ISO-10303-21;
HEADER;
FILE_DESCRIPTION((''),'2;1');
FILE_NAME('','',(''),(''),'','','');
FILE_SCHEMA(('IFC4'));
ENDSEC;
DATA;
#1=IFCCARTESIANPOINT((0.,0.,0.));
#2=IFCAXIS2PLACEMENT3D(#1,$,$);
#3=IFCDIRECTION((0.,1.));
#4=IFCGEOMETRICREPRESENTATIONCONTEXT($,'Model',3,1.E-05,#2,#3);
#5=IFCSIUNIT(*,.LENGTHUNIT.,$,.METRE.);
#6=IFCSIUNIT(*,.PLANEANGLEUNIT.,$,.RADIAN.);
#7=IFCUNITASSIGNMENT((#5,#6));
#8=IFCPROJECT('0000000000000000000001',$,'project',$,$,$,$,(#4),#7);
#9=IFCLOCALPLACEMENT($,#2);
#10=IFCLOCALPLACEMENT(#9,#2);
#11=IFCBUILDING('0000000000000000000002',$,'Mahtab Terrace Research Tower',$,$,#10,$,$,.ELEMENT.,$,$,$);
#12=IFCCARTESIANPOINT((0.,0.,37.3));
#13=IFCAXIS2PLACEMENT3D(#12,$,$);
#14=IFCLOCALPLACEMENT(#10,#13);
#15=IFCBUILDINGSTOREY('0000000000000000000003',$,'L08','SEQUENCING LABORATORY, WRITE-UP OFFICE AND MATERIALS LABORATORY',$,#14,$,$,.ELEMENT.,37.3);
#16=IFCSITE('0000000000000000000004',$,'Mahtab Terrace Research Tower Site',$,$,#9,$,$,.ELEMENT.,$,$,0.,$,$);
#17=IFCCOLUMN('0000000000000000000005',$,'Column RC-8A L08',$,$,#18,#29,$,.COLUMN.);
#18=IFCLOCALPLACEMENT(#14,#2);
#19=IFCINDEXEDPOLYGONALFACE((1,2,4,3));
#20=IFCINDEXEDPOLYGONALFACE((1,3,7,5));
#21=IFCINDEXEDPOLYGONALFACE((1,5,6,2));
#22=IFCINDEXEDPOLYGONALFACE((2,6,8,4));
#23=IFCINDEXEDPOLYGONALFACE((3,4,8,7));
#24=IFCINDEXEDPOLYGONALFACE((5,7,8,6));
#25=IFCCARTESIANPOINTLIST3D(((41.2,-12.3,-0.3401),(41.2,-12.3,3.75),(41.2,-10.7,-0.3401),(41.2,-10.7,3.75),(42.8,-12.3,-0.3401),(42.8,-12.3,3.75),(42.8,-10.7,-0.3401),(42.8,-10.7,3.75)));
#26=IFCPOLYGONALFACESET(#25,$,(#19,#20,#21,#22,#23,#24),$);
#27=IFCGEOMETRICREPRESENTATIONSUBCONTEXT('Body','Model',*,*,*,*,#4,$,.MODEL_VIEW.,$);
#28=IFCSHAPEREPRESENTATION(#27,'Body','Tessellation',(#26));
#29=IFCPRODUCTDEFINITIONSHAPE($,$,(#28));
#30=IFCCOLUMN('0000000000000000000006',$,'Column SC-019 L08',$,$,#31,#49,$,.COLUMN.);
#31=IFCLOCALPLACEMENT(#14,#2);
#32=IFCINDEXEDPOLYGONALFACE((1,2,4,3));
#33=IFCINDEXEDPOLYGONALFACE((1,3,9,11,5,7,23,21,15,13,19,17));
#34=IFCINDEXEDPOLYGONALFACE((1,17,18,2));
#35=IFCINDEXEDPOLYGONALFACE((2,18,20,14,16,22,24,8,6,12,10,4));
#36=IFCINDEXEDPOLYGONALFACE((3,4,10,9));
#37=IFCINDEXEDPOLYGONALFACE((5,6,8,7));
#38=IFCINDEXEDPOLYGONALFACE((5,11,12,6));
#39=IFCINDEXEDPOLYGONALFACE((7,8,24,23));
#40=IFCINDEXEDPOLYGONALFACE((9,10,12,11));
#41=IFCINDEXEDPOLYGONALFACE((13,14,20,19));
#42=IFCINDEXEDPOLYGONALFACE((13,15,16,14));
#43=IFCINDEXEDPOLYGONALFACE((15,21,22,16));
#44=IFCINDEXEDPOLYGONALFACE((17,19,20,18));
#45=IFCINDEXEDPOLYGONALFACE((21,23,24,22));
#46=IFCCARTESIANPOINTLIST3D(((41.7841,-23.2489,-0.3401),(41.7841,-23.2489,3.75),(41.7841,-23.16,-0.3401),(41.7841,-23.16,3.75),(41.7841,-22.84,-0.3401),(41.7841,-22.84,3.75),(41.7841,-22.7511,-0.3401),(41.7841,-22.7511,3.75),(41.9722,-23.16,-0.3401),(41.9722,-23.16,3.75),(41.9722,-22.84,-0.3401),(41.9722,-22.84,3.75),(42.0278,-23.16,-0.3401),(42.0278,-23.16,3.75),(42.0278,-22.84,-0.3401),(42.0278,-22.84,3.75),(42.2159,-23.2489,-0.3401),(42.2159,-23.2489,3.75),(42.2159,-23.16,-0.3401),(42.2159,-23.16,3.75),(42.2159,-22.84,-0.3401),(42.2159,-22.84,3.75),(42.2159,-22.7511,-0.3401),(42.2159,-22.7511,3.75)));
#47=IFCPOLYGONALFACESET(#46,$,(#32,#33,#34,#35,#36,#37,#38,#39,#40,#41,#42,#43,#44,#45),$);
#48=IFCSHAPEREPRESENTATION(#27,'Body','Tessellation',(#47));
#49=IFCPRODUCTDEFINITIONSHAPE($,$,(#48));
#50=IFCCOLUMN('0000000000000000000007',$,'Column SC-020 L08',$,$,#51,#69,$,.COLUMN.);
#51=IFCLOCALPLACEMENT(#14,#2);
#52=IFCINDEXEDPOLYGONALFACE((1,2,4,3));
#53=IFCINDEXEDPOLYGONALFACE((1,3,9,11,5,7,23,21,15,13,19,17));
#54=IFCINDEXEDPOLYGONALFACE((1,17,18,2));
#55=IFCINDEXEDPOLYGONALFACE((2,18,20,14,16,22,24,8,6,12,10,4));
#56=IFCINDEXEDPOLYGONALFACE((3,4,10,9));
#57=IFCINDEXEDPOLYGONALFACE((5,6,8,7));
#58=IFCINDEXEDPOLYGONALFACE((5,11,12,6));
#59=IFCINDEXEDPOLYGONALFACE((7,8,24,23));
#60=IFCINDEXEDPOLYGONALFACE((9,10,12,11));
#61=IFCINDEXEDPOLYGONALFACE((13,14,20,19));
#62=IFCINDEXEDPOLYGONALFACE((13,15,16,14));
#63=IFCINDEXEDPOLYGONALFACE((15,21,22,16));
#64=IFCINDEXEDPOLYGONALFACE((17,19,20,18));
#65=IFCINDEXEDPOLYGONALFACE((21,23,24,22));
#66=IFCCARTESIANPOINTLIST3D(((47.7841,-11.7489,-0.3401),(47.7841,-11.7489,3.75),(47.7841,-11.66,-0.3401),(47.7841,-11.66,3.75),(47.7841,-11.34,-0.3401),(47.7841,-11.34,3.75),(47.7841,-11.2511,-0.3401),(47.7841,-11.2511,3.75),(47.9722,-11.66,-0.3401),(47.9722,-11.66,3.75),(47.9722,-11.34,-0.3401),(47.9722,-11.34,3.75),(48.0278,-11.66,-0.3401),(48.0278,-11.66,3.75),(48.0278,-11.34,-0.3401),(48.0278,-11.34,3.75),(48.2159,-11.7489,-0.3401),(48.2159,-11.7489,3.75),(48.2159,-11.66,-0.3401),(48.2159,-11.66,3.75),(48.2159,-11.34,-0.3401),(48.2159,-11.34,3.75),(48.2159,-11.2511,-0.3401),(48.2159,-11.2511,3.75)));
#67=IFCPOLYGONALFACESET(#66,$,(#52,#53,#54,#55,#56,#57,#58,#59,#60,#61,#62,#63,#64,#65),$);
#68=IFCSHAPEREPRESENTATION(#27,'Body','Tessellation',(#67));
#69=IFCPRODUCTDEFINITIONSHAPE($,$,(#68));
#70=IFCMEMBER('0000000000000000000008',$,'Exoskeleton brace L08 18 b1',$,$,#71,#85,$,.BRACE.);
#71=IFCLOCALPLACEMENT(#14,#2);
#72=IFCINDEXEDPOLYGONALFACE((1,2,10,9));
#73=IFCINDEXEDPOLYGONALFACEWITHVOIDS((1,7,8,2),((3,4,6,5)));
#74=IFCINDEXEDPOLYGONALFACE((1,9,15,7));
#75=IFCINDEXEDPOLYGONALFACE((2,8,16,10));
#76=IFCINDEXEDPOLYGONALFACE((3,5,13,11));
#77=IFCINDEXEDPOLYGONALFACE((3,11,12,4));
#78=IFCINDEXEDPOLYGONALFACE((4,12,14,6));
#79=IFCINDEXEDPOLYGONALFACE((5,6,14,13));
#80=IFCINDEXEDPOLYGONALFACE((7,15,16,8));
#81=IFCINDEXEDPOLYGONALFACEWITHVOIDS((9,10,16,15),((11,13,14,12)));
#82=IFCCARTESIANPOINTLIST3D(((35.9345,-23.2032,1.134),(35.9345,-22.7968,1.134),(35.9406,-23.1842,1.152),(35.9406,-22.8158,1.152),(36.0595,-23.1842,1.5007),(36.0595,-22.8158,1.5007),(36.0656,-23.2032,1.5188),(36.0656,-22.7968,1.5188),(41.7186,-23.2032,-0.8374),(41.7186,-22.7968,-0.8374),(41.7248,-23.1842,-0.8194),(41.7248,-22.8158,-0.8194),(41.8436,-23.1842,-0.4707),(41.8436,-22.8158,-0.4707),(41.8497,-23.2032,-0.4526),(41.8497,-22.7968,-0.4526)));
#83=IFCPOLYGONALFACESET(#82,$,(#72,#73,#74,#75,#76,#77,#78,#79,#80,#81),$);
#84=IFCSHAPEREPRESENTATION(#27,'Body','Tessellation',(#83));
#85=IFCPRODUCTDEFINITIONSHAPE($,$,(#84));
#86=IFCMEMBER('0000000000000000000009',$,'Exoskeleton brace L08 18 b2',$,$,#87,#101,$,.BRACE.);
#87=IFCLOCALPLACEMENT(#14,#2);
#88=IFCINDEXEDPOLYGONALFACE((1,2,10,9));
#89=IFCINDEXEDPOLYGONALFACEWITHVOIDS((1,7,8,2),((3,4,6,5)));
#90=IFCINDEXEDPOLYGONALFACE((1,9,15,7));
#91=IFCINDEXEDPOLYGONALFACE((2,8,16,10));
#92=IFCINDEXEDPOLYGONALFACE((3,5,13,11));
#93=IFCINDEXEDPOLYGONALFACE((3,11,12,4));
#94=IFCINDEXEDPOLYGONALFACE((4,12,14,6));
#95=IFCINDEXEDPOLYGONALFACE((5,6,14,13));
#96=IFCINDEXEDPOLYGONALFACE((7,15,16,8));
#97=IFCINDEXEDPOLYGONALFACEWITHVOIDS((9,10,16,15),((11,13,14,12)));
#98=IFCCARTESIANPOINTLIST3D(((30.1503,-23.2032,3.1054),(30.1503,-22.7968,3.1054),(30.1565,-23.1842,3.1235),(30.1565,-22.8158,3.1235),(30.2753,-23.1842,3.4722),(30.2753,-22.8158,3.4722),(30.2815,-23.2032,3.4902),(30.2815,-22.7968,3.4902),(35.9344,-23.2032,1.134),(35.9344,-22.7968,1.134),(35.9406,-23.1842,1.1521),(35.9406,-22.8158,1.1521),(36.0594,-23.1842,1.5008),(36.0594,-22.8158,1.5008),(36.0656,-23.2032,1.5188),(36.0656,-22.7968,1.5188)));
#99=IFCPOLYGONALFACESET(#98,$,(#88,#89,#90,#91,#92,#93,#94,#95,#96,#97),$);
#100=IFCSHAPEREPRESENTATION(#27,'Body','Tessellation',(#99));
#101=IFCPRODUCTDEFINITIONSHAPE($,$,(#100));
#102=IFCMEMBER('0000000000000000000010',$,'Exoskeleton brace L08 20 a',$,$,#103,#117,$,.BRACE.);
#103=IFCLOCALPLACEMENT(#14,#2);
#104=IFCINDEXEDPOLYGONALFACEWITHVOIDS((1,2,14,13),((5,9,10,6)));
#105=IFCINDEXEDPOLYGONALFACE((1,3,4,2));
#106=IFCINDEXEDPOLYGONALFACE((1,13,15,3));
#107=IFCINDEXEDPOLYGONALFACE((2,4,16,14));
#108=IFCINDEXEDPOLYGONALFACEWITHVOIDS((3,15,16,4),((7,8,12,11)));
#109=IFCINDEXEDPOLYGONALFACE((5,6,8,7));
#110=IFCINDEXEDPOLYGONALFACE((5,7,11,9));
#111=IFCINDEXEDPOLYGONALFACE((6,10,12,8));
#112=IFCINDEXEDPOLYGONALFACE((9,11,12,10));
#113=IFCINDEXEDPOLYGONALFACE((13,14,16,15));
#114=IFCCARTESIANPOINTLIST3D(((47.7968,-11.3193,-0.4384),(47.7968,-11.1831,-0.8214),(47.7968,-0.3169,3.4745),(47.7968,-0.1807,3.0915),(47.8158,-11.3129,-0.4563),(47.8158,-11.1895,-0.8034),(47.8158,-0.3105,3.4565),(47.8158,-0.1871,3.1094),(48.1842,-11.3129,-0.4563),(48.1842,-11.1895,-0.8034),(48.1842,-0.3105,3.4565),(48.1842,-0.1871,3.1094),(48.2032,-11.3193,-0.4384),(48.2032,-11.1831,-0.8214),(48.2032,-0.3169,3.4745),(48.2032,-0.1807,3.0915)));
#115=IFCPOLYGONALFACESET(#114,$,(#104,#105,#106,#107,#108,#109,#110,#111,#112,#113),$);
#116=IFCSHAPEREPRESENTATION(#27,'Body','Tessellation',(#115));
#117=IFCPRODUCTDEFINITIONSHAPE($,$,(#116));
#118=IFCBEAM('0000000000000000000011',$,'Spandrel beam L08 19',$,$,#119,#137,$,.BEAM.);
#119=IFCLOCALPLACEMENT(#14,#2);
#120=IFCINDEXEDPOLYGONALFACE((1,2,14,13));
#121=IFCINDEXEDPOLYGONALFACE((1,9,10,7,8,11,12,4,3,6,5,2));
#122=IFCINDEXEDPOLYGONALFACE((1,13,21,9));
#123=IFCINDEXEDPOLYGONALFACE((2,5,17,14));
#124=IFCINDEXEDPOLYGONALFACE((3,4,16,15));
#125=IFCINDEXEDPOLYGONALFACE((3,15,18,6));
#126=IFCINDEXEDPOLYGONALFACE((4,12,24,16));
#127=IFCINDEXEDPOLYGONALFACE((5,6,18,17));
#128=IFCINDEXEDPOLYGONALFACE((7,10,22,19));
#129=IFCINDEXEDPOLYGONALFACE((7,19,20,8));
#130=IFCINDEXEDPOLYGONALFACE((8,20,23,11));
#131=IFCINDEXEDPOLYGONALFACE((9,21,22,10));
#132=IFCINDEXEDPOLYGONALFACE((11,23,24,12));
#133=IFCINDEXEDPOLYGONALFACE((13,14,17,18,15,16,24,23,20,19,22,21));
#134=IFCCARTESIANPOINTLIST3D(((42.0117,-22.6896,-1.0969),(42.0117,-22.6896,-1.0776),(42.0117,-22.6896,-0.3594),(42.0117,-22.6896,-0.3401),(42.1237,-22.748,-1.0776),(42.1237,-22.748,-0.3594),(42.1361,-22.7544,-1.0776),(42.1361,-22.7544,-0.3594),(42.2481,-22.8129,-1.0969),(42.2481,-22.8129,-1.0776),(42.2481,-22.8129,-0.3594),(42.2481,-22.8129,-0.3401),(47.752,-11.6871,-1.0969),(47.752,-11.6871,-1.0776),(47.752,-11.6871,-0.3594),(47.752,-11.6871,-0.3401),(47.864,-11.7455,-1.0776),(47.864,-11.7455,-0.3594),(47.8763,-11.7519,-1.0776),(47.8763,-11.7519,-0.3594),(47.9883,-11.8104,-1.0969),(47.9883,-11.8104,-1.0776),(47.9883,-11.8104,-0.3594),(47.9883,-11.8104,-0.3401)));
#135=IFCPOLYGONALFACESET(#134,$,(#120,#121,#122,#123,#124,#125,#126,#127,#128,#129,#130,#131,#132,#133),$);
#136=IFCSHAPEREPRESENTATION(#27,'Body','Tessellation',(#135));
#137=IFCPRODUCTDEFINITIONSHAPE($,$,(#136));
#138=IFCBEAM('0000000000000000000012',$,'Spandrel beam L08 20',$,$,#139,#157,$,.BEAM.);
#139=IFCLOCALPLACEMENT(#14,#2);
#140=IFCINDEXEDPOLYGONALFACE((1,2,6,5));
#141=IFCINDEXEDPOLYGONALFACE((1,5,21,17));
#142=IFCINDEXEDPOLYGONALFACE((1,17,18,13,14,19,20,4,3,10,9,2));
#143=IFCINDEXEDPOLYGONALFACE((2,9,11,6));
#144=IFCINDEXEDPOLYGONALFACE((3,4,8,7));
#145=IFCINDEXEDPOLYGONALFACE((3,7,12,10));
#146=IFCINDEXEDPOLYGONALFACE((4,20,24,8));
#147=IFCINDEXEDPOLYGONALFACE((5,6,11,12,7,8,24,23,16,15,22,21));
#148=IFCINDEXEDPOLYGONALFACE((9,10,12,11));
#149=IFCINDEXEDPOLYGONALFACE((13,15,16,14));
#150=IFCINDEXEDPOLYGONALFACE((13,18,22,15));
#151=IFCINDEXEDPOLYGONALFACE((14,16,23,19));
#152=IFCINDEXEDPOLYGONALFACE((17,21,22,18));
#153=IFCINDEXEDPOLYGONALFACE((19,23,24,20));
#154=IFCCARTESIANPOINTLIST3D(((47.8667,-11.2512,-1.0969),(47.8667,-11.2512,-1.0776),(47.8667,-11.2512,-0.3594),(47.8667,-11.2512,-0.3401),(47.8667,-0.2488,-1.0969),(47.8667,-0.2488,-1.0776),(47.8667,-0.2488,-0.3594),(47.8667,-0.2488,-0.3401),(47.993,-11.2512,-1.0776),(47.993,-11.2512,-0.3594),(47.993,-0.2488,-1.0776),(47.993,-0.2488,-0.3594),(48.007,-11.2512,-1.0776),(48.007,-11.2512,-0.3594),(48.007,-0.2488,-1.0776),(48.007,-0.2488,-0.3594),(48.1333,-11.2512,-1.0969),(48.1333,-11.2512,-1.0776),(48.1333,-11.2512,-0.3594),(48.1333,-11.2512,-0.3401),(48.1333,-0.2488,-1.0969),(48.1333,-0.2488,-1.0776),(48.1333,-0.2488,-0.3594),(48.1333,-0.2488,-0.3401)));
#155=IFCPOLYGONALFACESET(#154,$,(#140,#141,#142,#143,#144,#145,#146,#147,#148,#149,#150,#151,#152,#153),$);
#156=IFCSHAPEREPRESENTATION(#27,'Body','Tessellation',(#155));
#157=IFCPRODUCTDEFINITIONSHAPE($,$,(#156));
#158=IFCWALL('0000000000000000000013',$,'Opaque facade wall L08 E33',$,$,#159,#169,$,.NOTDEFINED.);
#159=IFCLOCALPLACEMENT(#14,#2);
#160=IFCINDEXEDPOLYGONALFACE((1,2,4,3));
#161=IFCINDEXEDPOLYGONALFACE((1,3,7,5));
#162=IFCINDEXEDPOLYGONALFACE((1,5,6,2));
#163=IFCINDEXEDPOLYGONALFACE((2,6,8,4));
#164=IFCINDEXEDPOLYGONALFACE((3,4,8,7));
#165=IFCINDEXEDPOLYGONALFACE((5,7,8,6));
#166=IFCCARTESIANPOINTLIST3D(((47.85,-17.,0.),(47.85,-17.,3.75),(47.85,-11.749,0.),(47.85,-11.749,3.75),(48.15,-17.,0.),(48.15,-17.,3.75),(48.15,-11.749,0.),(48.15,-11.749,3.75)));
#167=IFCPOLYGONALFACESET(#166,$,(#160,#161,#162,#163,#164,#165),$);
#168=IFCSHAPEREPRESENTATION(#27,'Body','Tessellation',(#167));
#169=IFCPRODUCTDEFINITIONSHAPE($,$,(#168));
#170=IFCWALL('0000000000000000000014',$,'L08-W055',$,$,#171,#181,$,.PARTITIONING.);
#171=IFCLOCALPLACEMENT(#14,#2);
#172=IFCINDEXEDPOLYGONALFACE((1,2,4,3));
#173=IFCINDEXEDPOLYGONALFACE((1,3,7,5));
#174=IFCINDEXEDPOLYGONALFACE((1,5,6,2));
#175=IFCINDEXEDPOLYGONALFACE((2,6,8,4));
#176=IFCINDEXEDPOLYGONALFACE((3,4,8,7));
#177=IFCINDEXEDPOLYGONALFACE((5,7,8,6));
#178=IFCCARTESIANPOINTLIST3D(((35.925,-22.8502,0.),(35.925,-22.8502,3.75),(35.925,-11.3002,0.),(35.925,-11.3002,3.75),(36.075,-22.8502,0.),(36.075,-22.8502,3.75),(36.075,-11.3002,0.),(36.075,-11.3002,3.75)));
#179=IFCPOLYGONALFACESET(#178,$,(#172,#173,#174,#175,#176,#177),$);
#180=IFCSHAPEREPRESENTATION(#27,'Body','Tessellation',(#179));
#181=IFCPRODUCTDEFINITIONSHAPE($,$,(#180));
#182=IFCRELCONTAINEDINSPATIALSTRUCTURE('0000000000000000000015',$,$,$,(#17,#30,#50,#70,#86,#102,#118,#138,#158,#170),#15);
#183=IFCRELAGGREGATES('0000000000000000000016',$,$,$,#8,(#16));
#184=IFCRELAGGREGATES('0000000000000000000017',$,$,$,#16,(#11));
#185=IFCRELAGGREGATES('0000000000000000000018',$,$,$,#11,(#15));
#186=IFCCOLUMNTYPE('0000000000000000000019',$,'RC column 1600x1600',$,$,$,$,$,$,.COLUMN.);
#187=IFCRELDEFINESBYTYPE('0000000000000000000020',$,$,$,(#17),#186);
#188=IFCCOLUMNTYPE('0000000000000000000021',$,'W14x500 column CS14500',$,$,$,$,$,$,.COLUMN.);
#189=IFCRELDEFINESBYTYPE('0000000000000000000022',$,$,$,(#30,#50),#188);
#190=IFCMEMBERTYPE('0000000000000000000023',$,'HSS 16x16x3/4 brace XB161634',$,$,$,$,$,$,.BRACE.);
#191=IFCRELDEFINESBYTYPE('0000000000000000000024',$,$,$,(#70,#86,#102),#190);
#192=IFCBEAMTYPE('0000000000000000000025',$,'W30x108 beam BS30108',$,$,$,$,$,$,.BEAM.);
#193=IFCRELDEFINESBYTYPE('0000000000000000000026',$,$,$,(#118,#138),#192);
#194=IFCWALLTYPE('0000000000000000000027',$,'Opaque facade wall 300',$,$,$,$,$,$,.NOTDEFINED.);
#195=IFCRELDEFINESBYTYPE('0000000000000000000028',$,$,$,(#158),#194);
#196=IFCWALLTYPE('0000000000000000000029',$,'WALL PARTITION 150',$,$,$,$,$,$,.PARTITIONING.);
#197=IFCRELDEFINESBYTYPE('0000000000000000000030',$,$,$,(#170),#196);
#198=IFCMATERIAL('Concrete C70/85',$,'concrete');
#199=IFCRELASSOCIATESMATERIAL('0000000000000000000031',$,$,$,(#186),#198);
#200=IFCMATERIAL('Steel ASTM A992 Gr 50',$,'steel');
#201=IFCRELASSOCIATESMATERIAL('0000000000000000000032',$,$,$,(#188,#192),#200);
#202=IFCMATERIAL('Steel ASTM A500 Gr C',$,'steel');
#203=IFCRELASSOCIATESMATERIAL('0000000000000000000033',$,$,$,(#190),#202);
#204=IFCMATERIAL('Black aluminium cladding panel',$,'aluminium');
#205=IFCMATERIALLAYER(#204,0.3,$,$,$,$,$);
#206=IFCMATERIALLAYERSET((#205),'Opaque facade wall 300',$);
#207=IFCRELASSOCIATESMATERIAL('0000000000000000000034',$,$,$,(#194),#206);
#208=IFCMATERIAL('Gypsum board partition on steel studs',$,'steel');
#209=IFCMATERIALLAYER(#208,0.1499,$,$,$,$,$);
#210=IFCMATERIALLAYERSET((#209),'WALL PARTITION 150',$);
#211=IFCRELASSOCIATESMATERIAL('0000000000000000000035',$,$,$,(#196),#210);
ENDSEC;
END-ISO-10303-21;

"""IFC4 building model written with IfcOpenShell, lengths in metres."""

from ifc_helpers import new_model, si_unit, direction, frame, frame_2d, origin, origin_2d, place, context, subcontext, project, spatial, rectangle, hollow_rectangle, i_section, extrude, material, layer, layer_set, material_profile, profile_set, type_object, element, save


model = new_model("IFC4")

# Units and contexts
model_context = context("Model", 3, precision=1e-05, world=origin(), true_north=direction((0.0, 1.0)))
body_context = subcontext(model_context, "Body", "Model", "MODEL_VIEW")
ifc_project = project(units=[si_unit("LENGTHUNIT", "METRE"), si_unit("PLANEANGLEUNIT", "RADIAN")], contexts=[model_context])

# Site, building, storey
site_placement = place(None, origin())
site = spatial("IfcSite", under=ifc_project, at=site_placement, Name="Mahtab Terrace Research Tower Site", CompositionType="ELEMENT", RefElevation=0.0)
building_placement = place(site_placement, origin())
building = spatial("IfcBuilding", under=site, at=building_placement, Name="Mahtab Terrace Research Tower", CompositionType="ELEMENT")
storey_placement = place(building_placement, frame((0.0, 0.0, 37.3)))
storey = spatial("IfcBuildingStorey", under=building, at=storey_placement, Name="L08", Description="SEQUENCING LABORATORY, WRITE-UP OFFICE AND MATERIALS LABORATORY", CompositionType="ELEMENT", Elevation=37.3)

# Columns
ifc_material_1 = material(Name="Concrete C70/85", Category="concrete")
ifc_material_profile_1 = material_profile(ifc_material_1, rectangle(XDim=1.6001, YDim=1.6001, at=origin_2d()), Name="RC column 1600x1600")
ifc_profile_set_1 = profile_set([ifc_material_profile_1], Name="Concrete C70/85")
column_type_1 = type_object("IfcColumnType", Name="RC column 1600x1600", PredefinedType="COLUMN", material=ifc_profile_set_1)
column_placement = place(storey_placement, frame((42.0, -11.5, -0.3401), z_axis=(0.0, 0.0, 1.0), x_axis=(1.0, 0.0, 0.0)))
element("IfcColumn", 1, at=column_placement, inside=storey, type_object=column_type_1, Name="Column RC-8A L08", PredefinedType="COLUMN", context=body_context, shape_type="SweptSolid", body=[
    extrude(rectangle(XDim=1.6001, YDim=1.6001, at=origin_2d()), origin(), (0.0, 0.0, 1.0), 4.0901),
])
ifc_material_2 = material(Name="Steel ASTM A992 Gr 50", Category="steel")
ifc_material_profile_2 = material_profile(ifc_material_2, i_section(OverallWidth=0.4319, OverallDepth=0.4978, WebThickness=0.0557, FlangeThickness=0.0889, at=origin_2d()), Name="W14X500")
ifc_profile_set_2 = profile_set([ifc_material_profile_2], Name="Steel ASTM A992 Gr 50")
column_type_2 = type_object("IfcColumnType", Name="W14x500 column CS14500", PredefinedType="COLUMN", material=ifc_profile_set_2)
for number, where, z_axis, x_axis, name in (
    (2, (42.0, -23.0, -0.3401), (0.0, 0.0, 1.0), (1.0, 0.0, 0.0), "Column SC-019 L08"),
    (3, (48.0, -11.5, -0.3401), (0.0, 0.0, 1.0), (1.0, 0.0, 0.0), "Column SC-020 L08"),
):
    element("IfcColumn", number, at=place(storey_placement, frame(where, z_axis=z_axis, x_axis=x_axis)), inside=storey, type_object=column_type_2, Name=name, PredefinedType="COLUMN", context=body_context, shape_type="SweptSolid", body=[
        extrude(i_section(OverallWidth=0.4319, OverallDepth=0.4978, WebThickness=0.0557, FlangeThickness=0.0889, at=origin_2d()), origin(), (0.0, 0.0, 1.0), 4.0901),
    ])

# Members
ifc_material_3 = material(Name="Steel ASTM A500 Gr C", Category="steel")
ifc_material_profile_3 = material_profile(ifc_material_3, hollow_rectangle(XDim=0.4065, YDim=0.4065, WallThickness=0.019, at=origin_2d()), Name="HSS16X16X3/4")
ifc_profile_set_3 = profile_set([ifc_material_profile_3], Name="Steel ASTM A500 Gr C")
member_type = type_object("IfcMemberType", Name="HSS 16x16x3/4 brace XB161634", PredefinedType="BRACE", material=ifc_profile_set_3)
for number, where, z_axis, x_axis, name in (
    (4, (41.7842, -23.0, -0.645), (-0.946532, 0.0, 0.322609), (0.0, -1.0, 0.0), "Exoskeleton brace L08 18 b1"),
    (5, (36.0, -23.0, 1.3264), (-0.946532, 0.0, 0.322609), (0.0, -1.0, 0.0), "Exoskeleton brace L08 18 b2"),
):
    element("IfcMember", number, at=place(storey_placement, frame(where, z_axis=z_axis, x_axis=x_axis)), inside=storey, type_object=member_type, Name=name, PredefinedType="BRACE", context=body_context, shape_type="SweptSolid", body=[
        extrude(hollow_rectangle(XDim=0.4065, YDim=0.4065, WallThickness=0.019, at=origin_2d()), origin(), (0.0, 0.0, 1.0), 6.1108),
    ])
member_placement = place(storey_placement, frame((48.0, -11.2512, -0.6299), z_axis=(0.0, 0.942191, 0.335075), x_axis=(-1.0, 0.0, 0.0)))
element("IfcMember", 6, at=member_placement, inside=storey, type_object=member_type, Name="Exoskeleton brace L08 20 a", PredefinedType="BRACE", context=body_context, shape_type="SweptSolid", body=[
    extrude(hollow_rectangle(XDim=0.4065, YDim=0.4065, WallThickness=0.019, at=origin_2d()), origin(), (0.0, 0.0, 1.0), 11.6775),
])

# Beams
ifc_material_profile_4 = material_profile(ifc_material_2, i_section(OverallWidth=0.2666, OverallDepth=0.7568, WebThickness=0.0139, FlangeThickness=0.0193, at=origin_2d()), Name="W30X108")
ifc_profile_set_4 = profile_set([ifc_material_profile_4], Name="Steel ASTM A992 Gr 50")
beam_type = type_object("IfcBeamType", Name="W30x108 beam BS30108", PredefinedType="BEAM", material=ifc_profile_set_4)
beam_1_placement = place(storey_placement, frame((42.1299, -22.7512, -0.7185), z_axis=(0.462555, 0.88659, 0.0), x_axis=(-0.88659, 0.462555, 0.0)))
element("IfcBeam", 7, at=beam_1_placement, inside=storey, type_object=beam_type, Name="Spandrel beam L08 19", PredefinedType="BEAM", context=body_context, shape_type="SweptSolid", body=[
    extrude(i_section(OverallWidth=0.2666, OverallDepth=0.7568, WebThickness=0.0139, FlangeThickness=0.0193, at=origin_2d()), origin(), (0.0, 0.0, 1.0), 12.4099),
])
beam_2_placement = place(storey_placement, frame((48.0, -11.2512, -0.7185), z_axis=(0.0, 1.0, 0.0), x_axis=(-1.0, 0.0, 0.0)))
element("IfcBeam", 8, at=beam_2_placement, inside=storey, type_object=beam_type, Name="Spandrel beam L08 20", PredefinedType="BEAM", context=body_context, shape_type="SweptSolid", body=[
    extrude(i_section(OverallWidth=0.2666, OverallDepth=0.7568, WebThickness=0.0139, FlangeThickness=0.0193, at=origin_2d()), origin(), (0.0, 0.0, 1.0), 11.0024),
])

# Walls
ifc_material_4 = material(Name="Black aluminium cladding panel", Category="aluminium")
ifc_layer_1 = layer(ifc_material_4, 0.3)
ifc_layer_set_1 = layer_set([ifc_layer_1], Name="Opaque facade wall 300")
wall_type_1 = type_object("IfcWallType", Name="Opaque facade wall 300", PredefinedType="NOTDEFINED", material=ifc_layer_set_1)
wall_1_placement = place(storey_placement, frame((48.0, -17.0, 0.0), z_axis=(0.0, 0.0, 1.0), x_axis=(0.0, 1.0, 0.0)))
element("IfcWall", 9, at=wall_1_placement, inside=storey, type_object=wall_type_1, Name="Opaque facade wall L08 E33", PredefinedType="NOTDEFINED", context=body_context, shape_type="SweptSolid", body=[
    extrude(rectangle(XDim=5.251, YDim=0.3, at=frame_2d((2.6255, 0.0))), origin(), (0.0, 0.0, 1.0), 3.75),
])
ifc_material_5 = material(Name="Gypsum board partition on steel studs", Category="steel")
ifc_layer_2 = layer(ifc_material_5, 0.1499)
ifc_layer_set_2 = layer_set([ifc_layer_2], Name="WALL PARTITION 150")
wall_type_2 = type_object("IfcWallType", Name="WALL PARTITION 150", PredefinedType="PARTITIONING", material=ifc_layer_set_2)
wall_2_placement = place(storey_placement, frame((36.0, -22.8501, 0.0), z_axis=(0.0, 0.0, 1.0), x_axis=(0.0, 1.0, 0.0)))
element("IfcWall", 10, at=wall_2_placement, inside=storey, type_object=wall_type_2, Name="L08-W055", PredefinedType="PARTITIONING", context=body_context, shape_type="SweptSolid", body=[
    extrude(rectangle(XDim=11.55, YDim=0.1499, at=frame_2d((5.7749, 0.0))), origin(), (0.0, 0.0, 1.0), 3.75),
])

save(model, "model.ifc")
